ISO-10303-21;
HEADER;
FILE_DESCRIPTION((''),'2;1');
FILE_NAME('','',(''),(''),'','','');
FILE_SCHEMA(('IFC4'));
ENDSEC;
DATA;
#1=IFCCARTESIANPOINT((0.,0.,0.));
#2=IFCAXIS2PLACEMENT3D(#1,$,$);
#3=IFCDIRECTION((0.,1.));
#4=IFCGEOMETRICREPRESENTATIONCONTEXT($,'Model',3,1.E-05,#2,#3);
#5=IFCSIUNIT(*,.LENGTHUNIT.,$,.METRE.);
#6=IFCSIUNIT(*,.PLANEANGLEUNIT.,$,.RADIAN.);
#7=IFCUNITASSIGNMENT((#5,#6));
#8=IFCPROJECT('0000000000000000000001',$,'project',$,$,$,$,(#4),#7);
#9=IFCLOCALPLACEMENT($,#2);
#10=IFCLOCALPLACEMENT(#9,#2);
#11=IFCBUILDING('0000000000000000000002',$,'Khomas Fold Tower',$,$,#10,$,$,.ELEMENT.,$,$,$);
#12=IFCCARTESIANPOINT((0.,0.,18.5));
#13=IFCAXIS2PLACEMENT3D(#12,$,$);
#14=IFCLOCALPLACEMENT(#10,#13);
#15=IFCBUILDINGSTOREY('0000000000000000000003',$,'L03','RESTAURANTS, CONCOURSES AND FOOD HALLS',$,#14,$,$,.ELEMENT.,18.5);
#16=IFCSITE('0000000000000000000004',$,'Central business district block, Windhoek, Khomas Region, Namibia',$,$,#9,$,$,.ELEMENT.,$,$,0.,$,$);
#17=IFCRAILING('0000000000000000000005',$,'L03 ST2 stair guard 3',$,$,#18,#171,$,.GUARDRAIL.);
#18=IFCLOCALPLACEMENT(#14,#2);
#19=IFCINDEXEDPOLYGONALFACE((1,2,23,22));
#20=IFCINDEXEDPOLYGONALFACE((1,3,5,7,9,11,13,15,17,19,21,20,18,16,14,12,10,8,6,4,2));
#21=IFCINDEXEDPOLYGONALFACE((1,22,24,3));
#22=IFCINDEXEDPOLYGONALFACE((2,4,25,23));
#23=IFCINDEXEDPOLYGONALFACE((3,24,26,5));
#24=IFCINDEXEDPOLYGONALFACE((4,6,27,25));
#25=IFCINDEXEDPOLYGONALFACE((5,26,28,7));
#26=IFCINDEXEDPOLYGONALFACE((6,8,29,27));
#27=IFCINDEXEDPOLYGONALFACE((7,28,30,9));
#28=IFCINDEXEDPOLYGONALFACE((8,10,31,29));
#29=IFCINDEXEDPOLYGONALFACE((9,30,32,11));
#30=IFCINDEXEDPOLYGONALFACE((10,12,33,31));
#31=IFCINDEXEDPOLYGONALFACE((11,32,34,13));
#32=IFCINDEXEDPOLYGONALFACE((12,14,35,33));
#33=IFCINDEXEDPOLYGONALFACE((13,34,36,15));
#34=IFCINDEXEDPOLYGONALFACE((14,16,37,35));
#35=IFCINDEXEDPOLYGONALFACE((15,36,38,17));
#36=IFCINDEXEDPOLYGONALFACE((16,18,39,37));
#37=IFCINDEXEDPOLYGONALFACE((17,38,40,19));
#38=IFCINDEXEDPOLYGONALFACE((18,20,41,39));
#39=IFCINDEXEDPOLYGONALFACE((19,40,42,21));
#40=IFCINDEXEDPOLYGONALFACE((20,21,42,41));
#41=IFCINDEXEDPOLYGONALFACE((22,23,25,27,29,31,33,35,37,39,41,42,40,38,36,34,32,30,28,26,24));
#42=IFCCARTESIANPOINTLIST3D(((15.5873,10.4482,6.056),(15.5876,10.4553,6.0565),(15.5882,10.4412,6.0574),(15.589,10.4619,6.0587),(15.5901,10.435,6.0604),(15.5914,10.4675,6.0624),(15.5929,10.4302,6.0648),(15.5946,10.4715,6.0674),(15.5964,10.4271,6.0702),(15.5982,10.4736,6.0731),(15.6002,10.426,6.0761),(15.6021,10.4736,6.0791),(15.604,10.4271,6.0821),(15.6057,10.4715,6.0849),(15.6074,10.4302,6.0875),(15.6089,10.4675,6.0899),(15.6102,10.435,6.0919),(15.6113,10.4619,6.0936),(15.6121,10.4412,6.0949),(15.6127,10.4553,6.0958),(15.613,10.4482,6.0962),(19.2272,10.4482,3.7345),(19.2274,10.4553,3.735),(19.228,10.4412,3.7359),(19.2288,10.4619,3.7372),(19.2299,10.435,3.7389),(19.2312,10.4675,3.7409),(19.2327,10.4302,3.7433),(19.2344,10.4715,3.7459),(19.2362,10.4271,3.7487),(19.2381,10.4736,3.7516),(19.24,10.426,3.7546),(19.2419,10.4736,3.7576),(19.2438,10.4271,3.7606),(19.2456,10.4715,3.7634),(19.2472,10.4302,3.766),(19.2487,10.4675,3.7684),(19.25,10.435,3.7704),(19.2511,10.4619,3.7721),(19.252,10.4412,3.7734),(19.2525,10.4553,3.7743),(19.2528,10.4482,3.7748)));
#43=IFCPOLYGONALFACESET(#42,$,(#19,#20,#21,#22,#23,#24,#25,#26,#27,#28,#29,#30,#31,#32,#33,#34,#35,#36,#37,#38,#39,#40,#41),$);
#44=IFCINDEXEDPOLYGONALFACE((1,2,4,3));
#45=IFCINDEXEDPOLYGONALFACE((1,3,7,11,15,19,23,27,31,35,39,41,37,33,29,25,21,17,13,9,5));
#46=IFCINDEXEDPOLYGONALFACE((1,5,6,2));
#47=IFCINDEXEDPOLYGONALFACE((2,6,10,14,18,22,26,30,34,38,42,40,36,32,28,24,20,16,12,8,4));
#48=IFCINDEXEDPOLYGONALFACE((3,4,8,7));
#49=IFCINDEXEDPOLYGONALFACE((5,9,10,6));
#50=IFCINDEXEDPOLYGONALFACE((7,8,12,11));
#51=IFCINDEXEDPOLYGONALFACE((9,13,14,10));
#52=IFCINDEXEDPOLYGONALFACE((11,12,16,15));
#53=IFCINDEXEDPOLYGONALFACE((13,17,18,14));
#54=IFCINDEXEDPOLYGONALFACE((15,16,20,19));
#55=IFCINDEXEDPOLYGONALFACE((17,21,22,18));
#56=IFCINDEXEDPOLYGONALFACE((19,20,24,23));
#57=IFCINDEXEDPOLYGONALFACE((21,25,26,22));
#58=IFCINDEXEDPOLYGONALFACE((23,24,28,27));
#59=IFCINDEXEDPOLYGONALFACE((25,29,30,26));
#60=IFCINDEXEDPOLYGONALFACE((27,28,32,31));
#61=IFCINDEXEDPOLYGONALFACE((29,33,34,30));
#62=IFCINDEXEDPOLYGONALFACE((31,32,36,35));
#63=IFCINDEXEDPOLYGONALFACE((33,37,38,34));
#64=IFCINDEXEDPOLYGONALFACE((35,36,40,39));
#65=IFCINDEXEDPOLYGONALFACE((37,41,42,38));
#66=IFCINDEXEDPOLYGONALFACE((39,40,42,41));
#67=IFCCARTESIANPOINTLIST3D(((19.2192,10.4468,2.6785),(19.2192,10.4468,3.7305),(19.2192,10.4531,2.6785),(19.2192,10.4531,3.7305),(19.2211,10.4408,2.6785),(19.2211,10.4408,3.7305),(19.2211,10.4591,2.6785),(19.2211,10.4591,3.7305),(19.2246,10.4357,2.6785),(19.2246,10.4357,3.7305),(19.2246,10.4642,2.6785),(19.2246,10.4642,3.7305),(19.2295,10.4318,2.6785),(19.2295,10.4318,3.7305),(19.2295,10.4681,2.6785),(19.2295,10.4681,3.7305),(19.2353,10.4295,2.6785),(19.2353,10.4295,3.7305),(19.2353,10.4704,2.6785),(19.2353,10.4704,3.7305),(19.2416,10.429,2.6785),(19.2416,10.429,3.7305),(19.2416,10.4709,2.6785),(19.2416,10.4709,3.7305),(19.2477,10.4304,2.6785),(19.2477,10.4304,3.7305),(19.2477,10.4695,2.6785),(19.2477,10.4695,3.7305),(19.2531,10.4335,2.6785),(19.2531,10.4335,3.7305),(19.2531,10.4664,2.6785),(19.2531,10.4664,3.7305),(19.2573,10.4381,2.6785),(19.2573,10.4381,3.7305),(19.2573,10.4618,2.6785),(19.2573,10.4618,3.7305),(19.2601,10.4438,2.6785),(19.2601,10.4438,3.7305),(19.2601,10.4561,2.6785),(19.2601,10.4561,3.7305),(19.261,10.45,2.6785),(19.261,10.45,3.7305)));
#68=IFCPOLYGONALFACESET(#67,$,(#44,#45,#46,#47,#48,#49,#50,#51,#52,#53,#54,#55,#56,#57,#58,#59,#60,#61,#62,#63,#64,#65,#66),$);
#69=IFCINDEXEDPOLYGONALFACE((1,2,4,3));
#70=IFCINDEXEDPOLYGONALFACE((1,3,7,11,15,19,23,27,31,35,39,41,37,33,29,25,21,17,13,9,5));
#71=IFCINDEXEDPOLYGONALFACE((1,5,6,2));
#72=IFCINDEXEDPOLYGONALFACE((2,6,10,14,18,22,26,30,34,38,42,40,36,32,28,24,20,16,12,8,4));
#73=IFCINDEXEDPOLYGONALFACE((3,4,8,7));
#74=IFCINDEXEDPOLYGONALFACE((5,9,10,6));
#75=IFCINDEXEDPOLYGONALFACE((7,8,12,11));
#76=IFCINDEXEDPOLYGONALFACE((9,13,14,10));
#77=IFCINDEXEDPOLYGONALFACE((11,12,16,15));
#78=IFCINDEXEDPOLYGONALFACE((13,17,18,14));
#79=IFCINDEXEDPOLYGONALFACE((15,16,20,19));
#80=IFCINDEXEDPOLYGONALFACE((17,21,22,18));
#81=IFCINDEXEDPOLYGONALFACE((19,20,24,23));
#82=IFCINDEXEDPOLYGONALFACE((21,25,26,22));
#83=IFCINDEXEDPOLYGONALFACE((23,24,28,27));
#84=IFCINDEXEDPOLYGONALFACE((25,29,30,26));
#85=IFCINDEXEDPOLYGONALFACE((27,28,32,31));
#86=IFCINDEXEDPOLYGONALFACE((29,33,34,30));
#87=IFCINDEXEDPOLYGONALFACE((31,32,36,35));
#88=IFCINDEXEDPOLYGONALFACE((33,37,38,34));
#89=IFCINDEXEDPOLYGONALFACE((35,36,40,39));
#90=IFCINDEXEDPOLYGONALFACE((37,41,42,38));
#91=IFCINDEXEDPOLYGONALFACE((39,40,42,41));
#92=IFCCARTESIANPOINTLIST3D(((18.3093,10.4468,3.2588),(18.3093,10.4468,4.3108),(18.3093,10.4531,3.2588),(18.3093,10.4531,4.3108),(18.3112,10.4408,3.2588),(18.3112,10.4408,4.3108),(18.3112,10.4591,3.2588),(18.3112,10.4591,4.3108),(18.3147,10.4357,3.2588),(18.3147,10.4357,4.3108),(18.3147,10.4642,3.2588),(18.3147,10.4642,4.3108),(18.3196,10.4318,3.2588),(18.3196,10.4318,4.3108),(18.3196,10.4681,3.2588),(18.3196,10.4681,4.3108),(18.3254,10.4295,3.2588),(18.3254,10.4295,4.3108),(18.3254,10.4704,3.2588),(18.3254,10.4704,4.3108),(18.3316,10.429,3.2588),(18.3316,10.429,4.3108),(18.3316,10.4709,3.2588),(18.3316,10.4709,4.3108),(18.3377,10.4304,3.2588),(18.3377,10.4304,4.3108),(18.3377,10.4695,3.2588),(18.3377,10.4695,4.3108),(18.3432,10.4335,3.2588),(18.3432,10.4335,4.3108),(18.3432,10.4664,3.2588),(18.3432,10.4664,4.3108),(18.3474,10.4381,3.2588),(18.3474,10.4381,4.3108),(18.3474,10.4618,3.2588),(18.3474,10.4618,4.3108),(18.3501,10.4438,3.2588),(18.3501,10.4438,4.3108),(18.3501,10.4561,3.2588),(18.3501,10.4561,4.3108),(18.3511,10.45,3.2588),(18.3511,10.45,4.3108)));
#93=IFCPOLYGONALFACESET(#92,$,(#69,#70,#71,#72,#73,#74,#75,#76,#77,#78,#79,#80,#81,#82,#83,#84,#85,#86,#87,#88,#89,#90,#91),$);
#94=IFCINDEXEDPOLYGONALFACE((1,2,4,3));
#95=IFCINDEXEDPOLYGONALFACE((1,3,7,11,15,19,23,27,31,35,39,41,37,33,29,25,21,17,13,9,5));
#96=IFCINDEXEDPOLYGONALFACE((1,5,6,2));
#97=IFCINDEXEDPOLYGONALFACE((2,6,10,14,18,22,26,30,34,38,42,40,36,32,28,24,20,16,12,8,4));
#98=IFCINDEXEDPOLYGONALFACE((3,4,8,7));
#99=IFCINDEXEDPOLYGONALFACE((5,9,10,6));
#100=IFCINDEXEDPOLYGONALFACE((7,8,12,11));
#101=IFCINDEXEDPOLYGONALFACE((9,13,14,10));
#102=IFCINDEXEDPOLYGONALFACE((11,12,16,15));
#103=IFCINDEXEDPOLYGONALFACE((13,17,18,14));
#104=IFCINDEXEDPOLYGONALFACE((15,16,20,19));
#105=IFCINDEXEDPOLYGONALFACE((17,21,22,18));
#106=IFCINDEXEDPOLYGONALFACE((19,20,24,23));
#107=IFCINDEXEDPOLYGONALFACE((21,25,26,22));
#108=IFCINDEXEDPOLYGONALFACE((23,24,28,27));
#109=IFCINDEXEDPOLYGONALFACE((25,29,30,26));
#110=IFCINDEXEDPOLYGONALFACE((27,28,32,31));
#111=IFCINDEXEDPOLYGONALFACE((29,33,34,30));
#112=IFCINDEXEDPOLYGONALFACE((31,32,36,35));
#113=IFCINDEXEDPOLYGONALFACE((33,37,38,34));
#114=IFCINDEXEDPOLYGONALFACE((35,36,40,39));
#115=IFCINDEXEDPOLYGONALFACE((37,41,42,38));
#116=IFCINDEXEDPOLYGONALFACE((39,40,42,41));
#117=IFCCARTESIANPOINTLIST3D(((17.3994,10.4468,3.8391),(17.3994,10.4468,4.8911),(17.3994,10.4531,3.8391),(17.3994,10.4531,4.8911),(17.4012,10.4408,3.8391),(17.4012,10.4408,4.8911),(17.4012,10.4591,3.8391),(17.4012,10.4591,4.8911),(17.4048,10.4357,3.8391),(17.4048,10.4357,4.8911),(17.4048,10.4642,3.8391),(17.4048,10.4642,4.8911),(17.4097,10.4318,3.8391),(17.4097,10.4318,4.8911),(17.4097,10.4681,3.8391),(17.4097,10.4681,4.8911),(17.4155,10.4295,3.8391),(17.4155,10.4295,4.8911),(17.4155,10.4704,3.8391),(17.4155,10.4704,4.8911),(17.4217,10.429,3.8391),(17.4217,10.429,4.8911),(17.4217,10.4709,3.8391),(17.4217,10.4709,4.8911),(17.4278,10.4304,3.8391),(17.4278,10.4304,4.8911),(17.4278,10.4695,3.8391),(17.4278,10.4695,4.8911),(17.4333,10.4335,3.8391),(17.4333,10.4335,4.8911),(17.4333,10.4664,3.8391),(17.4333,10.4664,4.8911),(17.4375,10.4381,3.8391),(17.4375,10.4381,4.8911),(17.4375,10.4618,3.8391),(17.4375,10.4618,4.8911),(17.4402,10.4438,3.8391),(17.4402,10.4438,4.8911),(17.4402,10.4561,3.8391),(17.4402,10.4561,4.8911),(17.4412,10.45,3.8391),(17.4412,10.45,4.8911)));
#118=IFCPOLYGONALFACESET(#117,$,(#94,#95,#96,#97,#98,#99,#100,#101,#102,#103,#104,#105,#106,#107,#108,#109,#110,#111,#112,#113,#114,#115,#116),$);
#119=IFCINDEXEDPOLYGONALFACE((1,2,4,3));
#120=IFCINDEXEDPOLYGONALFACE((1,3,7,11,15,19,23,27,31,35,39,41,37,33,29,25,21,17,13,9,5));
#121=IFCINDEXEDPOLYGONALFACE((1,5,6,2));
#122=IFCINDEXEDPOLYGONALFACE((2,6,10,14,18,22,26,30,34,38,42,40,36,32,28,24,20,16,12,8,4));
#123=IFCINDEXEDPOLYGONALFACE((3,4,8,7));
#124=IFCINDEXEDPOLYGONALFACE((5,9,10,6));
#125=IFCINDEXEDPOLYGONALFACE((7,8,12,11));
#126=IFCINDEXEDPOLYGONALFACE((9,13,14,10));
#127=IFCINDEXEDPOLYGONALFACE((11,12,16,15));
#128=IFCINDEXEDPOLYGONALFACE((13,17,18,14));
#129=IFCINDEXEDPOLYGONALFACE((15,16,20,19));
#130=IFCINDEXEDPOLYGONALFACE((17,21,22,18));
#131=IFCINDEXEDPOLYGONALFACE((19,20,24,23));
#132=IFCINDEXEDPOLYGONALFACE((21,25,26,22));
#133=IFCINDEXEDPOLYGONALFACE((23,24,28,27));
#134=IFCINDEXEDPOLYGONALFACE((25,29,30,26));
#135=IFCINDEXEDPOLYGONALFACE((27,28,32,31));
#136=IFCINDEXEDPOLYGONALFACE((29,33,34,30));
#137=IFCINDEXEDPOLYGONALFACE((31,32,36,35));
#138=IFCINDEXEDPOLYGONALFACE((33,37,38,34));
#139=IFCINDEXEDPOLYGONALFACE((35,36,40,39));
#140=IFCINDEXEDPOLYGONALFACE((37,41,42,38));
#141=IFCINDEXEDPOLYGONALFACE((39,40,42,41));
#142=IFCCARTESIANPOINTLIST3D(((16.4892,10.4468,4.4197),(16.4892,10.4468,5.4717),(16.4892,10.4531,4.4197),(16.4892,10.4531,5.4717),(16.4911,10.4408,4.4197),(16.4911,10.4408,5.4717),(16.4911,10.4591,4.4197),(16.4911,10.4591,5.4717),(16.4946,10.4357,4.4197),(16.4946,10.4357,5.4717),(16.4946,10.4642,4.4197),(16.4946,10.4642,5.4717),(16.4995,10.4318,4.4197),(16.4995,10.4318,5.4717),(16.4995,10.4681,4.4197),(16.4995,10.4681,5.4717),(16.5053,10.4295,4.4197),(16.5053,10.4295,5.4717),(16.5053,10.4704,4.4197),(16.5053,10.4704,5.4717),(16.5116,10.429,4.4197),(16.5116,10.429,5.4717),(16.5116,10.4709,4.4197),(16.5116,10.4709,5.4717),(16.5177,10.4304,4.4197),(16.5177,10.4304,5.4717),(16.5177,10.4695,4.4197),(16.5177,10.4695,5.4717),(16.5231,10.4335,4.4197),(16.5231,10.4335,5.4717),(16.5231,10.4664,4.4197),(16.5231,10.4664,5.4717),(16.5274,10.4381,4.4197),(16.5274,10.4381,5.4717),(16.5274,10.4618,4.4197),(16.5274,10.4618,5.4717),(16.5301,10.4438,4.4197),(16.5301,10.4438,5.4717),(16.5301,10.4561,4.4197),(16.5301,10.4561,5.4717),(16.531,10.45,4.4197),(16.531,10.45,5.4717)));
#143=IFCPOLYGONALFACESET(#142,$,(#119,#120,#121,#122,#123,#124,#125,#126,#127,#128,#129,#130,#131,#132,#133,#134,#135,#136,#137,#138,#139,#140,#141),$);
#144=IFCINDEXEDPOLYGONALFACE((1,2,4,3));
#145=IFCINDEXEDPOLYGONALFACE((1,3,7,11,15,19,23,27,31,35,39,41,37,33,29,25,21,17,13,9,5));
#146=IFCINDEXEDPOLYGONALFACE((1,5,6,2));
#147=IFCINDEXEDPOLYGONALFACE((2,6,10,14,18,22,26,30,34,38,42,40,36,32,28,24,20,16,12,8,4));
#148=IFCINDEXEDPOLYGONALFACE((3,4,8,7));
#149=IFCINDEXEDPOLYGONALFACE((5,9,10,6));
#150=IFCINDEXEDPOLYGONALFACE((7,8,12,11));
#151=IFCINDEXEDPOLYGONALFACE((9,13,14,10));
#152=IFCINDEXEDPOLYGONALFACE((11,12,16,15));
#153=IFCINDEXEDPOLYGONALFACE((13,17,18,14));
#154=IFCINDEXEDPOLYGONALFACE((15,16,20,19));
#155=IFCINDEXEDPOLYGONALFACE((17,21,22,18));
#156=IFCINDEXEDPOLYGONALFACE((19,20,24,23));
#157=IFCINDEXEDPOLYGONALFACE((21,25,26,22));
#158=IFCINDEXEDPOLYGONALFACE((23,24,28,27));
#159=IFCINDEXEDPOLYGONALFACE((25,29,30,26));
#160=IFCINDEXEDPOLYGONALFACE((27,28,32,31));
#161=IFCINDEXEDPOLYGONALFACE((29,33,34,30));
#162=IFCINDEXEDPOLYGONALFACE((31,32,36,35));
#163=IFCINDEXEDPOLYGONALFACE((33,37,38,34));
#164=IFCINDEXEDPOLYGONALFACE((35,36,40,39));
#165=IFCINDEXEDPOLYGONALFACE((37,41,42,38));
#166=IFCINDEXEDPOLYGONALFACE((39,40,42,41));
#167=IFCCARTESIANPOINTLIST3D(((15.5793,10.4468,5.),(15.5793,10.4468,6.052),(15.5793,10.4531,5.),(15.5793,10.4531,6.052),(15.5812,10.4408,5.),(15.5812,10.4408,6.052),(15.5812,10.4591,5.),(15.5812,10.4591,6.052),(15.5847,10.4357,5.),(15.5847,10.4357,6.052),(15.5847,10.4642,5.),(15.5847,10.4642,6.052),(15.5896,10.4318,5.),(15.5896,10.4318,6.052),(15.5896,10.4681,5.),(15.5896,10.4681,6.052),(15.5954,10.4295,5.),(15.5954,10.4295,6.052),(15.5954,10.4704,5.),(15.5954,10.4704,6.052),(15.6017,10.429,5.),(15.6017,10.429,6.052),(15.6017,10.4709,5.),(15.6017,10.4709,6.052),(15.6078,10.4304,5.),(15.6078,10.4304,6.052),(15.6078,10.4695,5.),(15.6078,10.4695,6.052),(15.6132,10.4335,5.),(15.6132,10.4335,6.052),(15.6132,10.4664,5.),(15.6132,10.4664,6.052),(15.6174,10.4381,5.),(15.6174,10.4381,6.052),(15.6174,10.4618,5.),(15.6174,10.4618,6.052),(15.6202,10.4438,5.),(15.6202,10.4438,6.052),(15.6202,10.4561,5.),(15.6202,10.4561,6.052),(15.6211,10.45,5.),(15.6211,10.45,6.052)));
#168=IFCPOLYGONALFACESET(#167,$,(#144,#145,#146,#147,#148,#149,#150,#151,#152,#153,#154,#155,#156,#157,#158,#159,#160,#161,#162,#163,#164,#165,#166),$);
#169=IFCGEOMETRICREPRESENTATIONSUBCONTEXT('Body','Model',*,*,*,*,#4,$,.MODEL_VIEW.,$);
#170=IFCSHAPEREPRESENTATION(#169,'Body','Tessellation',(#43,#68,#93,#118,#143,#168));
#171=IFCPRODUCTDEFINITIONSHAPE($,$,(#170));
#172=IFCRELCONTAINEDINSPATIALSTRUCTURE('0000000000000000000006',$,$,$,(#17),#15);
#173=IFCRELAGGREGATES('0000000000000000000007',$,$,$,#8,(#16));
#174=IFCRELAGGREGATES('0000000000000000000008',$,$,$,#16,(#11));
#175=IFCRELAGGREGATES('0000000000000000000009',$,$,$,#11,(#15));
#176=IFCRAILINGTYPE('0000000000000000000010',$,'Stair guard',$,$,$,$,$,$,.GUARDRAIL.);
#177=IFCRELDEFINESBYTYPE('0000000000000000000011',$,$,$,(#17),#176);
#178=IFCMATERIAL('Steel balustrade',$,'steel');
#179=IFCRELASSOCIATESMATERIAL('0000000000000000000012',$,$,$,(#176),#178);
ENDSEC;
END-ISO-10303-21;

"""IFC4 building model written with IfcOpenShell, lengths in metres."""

from ifc_helpers import new_model, si_unit, direction, frame, origin, origin_2d, place, context, subcontext, project, spatial, circle, extrude, source, transform, mapped, material, type_object, element, save


model = new_model("IFC4")

# Units and contexts
model_context = context("Model", 3, precision=1e-05, world=origin(), true_north=direction((0.0, 1.0)))
body_context = subcontext(model_context, "Body", "Model", "MODEL_VIEW")
ifc_project = project(units=[si_unit("LENGTHUNIT", "METRE"), si_unit("PLANEANGLEUNIT", "RADIAN")], contexts=[model_context])

# Site, building, storey
site_placement = place(None, origin())
site = spatial("IfcSite", under=ifc_project, at=site_placement, Name="Central business district block, Windhoek, Khomas Region, Namibia", CompositionType="ELEMENT", RefElevation=0.0)
building_placement = place(site_placement, origin())
building = spatial("IfcBuilding", under=site, at=building_placement, Name="Khomas Fold Tower", CompositionType="ELEMENT")
storey_placement = place(building_placement, frame((0.0, 0.0, 18.5)))
storey = spatial("IfcBuildingStorey", under=building, at=storey_placement, Name="L03", Description="RESTAURANTS, CONCOURSES AND FOOD HALLS", CompositionType="ELEMENT", Elevation=18.5)

# Railing
ifc_material_1 = material(Name="Steel balustrade", Category="steel")
railing_type_1 = type_object("IfcRailingType", Name="Stair guard", PredefinedType="GUARDRAIL", material=ifc_material_1)
shared_shape_1 = source(origin(), body_context, "Body", "SweptSolid", [
    extrude(circle(Radius=0.0239, at=origin_2d()), frame((0.0, 0.0, 1.0762), z_axis=(-0.843112, 0.0, 0.537739), x_axis=(0.0, -1.0, 0.0)), (0.0, 0.0, 1.0), 4.3171),
    extrude(circle(Radius=0.021, at=origin_2d()), origin(), (0.0, 0.0, 1.0), 1.052),
    extrude(circle(Radius=0.021, at=origin_2d()), frame((-0.9099, 0.0, 0.5803)), (0.0, 0.0, 1.0), 1.052),
    extrude(circle(Radius=0.021, at=origin_2d()), frame((-1.8198, 0.0, 1.1606)), (0.0, 0.0, 1.0), 1.052),
    extrude(circle(Radius=0.021, at=origin_2d()), frame((-2.73, 0.0, 1.7412)), (0.0, 0.0, 1.0), 1.052),
    extrude(circle(Radius=0.021, at=origin_2d()), frame((-3.6399, 0.0, 2.3215)), (0.0, 0.0, 1.0), 1.052),
])
railing_1_placement = place(storey_placement, frame((19.24, 10.45, 2.6785)))
element("IfcRailing", 1, at=railing_1_placement, inside=storey, type_object=railing_type_1, Name="L03 ST2 stair guard 3", PredefinedType="GUARDRAIL", context=body_context, shape_type="MappedRepresentation", body=[
    mapped(shared_shape_1, transform((0.0, 0.0, 0.0))),
])

save(model, "model.ifc")
